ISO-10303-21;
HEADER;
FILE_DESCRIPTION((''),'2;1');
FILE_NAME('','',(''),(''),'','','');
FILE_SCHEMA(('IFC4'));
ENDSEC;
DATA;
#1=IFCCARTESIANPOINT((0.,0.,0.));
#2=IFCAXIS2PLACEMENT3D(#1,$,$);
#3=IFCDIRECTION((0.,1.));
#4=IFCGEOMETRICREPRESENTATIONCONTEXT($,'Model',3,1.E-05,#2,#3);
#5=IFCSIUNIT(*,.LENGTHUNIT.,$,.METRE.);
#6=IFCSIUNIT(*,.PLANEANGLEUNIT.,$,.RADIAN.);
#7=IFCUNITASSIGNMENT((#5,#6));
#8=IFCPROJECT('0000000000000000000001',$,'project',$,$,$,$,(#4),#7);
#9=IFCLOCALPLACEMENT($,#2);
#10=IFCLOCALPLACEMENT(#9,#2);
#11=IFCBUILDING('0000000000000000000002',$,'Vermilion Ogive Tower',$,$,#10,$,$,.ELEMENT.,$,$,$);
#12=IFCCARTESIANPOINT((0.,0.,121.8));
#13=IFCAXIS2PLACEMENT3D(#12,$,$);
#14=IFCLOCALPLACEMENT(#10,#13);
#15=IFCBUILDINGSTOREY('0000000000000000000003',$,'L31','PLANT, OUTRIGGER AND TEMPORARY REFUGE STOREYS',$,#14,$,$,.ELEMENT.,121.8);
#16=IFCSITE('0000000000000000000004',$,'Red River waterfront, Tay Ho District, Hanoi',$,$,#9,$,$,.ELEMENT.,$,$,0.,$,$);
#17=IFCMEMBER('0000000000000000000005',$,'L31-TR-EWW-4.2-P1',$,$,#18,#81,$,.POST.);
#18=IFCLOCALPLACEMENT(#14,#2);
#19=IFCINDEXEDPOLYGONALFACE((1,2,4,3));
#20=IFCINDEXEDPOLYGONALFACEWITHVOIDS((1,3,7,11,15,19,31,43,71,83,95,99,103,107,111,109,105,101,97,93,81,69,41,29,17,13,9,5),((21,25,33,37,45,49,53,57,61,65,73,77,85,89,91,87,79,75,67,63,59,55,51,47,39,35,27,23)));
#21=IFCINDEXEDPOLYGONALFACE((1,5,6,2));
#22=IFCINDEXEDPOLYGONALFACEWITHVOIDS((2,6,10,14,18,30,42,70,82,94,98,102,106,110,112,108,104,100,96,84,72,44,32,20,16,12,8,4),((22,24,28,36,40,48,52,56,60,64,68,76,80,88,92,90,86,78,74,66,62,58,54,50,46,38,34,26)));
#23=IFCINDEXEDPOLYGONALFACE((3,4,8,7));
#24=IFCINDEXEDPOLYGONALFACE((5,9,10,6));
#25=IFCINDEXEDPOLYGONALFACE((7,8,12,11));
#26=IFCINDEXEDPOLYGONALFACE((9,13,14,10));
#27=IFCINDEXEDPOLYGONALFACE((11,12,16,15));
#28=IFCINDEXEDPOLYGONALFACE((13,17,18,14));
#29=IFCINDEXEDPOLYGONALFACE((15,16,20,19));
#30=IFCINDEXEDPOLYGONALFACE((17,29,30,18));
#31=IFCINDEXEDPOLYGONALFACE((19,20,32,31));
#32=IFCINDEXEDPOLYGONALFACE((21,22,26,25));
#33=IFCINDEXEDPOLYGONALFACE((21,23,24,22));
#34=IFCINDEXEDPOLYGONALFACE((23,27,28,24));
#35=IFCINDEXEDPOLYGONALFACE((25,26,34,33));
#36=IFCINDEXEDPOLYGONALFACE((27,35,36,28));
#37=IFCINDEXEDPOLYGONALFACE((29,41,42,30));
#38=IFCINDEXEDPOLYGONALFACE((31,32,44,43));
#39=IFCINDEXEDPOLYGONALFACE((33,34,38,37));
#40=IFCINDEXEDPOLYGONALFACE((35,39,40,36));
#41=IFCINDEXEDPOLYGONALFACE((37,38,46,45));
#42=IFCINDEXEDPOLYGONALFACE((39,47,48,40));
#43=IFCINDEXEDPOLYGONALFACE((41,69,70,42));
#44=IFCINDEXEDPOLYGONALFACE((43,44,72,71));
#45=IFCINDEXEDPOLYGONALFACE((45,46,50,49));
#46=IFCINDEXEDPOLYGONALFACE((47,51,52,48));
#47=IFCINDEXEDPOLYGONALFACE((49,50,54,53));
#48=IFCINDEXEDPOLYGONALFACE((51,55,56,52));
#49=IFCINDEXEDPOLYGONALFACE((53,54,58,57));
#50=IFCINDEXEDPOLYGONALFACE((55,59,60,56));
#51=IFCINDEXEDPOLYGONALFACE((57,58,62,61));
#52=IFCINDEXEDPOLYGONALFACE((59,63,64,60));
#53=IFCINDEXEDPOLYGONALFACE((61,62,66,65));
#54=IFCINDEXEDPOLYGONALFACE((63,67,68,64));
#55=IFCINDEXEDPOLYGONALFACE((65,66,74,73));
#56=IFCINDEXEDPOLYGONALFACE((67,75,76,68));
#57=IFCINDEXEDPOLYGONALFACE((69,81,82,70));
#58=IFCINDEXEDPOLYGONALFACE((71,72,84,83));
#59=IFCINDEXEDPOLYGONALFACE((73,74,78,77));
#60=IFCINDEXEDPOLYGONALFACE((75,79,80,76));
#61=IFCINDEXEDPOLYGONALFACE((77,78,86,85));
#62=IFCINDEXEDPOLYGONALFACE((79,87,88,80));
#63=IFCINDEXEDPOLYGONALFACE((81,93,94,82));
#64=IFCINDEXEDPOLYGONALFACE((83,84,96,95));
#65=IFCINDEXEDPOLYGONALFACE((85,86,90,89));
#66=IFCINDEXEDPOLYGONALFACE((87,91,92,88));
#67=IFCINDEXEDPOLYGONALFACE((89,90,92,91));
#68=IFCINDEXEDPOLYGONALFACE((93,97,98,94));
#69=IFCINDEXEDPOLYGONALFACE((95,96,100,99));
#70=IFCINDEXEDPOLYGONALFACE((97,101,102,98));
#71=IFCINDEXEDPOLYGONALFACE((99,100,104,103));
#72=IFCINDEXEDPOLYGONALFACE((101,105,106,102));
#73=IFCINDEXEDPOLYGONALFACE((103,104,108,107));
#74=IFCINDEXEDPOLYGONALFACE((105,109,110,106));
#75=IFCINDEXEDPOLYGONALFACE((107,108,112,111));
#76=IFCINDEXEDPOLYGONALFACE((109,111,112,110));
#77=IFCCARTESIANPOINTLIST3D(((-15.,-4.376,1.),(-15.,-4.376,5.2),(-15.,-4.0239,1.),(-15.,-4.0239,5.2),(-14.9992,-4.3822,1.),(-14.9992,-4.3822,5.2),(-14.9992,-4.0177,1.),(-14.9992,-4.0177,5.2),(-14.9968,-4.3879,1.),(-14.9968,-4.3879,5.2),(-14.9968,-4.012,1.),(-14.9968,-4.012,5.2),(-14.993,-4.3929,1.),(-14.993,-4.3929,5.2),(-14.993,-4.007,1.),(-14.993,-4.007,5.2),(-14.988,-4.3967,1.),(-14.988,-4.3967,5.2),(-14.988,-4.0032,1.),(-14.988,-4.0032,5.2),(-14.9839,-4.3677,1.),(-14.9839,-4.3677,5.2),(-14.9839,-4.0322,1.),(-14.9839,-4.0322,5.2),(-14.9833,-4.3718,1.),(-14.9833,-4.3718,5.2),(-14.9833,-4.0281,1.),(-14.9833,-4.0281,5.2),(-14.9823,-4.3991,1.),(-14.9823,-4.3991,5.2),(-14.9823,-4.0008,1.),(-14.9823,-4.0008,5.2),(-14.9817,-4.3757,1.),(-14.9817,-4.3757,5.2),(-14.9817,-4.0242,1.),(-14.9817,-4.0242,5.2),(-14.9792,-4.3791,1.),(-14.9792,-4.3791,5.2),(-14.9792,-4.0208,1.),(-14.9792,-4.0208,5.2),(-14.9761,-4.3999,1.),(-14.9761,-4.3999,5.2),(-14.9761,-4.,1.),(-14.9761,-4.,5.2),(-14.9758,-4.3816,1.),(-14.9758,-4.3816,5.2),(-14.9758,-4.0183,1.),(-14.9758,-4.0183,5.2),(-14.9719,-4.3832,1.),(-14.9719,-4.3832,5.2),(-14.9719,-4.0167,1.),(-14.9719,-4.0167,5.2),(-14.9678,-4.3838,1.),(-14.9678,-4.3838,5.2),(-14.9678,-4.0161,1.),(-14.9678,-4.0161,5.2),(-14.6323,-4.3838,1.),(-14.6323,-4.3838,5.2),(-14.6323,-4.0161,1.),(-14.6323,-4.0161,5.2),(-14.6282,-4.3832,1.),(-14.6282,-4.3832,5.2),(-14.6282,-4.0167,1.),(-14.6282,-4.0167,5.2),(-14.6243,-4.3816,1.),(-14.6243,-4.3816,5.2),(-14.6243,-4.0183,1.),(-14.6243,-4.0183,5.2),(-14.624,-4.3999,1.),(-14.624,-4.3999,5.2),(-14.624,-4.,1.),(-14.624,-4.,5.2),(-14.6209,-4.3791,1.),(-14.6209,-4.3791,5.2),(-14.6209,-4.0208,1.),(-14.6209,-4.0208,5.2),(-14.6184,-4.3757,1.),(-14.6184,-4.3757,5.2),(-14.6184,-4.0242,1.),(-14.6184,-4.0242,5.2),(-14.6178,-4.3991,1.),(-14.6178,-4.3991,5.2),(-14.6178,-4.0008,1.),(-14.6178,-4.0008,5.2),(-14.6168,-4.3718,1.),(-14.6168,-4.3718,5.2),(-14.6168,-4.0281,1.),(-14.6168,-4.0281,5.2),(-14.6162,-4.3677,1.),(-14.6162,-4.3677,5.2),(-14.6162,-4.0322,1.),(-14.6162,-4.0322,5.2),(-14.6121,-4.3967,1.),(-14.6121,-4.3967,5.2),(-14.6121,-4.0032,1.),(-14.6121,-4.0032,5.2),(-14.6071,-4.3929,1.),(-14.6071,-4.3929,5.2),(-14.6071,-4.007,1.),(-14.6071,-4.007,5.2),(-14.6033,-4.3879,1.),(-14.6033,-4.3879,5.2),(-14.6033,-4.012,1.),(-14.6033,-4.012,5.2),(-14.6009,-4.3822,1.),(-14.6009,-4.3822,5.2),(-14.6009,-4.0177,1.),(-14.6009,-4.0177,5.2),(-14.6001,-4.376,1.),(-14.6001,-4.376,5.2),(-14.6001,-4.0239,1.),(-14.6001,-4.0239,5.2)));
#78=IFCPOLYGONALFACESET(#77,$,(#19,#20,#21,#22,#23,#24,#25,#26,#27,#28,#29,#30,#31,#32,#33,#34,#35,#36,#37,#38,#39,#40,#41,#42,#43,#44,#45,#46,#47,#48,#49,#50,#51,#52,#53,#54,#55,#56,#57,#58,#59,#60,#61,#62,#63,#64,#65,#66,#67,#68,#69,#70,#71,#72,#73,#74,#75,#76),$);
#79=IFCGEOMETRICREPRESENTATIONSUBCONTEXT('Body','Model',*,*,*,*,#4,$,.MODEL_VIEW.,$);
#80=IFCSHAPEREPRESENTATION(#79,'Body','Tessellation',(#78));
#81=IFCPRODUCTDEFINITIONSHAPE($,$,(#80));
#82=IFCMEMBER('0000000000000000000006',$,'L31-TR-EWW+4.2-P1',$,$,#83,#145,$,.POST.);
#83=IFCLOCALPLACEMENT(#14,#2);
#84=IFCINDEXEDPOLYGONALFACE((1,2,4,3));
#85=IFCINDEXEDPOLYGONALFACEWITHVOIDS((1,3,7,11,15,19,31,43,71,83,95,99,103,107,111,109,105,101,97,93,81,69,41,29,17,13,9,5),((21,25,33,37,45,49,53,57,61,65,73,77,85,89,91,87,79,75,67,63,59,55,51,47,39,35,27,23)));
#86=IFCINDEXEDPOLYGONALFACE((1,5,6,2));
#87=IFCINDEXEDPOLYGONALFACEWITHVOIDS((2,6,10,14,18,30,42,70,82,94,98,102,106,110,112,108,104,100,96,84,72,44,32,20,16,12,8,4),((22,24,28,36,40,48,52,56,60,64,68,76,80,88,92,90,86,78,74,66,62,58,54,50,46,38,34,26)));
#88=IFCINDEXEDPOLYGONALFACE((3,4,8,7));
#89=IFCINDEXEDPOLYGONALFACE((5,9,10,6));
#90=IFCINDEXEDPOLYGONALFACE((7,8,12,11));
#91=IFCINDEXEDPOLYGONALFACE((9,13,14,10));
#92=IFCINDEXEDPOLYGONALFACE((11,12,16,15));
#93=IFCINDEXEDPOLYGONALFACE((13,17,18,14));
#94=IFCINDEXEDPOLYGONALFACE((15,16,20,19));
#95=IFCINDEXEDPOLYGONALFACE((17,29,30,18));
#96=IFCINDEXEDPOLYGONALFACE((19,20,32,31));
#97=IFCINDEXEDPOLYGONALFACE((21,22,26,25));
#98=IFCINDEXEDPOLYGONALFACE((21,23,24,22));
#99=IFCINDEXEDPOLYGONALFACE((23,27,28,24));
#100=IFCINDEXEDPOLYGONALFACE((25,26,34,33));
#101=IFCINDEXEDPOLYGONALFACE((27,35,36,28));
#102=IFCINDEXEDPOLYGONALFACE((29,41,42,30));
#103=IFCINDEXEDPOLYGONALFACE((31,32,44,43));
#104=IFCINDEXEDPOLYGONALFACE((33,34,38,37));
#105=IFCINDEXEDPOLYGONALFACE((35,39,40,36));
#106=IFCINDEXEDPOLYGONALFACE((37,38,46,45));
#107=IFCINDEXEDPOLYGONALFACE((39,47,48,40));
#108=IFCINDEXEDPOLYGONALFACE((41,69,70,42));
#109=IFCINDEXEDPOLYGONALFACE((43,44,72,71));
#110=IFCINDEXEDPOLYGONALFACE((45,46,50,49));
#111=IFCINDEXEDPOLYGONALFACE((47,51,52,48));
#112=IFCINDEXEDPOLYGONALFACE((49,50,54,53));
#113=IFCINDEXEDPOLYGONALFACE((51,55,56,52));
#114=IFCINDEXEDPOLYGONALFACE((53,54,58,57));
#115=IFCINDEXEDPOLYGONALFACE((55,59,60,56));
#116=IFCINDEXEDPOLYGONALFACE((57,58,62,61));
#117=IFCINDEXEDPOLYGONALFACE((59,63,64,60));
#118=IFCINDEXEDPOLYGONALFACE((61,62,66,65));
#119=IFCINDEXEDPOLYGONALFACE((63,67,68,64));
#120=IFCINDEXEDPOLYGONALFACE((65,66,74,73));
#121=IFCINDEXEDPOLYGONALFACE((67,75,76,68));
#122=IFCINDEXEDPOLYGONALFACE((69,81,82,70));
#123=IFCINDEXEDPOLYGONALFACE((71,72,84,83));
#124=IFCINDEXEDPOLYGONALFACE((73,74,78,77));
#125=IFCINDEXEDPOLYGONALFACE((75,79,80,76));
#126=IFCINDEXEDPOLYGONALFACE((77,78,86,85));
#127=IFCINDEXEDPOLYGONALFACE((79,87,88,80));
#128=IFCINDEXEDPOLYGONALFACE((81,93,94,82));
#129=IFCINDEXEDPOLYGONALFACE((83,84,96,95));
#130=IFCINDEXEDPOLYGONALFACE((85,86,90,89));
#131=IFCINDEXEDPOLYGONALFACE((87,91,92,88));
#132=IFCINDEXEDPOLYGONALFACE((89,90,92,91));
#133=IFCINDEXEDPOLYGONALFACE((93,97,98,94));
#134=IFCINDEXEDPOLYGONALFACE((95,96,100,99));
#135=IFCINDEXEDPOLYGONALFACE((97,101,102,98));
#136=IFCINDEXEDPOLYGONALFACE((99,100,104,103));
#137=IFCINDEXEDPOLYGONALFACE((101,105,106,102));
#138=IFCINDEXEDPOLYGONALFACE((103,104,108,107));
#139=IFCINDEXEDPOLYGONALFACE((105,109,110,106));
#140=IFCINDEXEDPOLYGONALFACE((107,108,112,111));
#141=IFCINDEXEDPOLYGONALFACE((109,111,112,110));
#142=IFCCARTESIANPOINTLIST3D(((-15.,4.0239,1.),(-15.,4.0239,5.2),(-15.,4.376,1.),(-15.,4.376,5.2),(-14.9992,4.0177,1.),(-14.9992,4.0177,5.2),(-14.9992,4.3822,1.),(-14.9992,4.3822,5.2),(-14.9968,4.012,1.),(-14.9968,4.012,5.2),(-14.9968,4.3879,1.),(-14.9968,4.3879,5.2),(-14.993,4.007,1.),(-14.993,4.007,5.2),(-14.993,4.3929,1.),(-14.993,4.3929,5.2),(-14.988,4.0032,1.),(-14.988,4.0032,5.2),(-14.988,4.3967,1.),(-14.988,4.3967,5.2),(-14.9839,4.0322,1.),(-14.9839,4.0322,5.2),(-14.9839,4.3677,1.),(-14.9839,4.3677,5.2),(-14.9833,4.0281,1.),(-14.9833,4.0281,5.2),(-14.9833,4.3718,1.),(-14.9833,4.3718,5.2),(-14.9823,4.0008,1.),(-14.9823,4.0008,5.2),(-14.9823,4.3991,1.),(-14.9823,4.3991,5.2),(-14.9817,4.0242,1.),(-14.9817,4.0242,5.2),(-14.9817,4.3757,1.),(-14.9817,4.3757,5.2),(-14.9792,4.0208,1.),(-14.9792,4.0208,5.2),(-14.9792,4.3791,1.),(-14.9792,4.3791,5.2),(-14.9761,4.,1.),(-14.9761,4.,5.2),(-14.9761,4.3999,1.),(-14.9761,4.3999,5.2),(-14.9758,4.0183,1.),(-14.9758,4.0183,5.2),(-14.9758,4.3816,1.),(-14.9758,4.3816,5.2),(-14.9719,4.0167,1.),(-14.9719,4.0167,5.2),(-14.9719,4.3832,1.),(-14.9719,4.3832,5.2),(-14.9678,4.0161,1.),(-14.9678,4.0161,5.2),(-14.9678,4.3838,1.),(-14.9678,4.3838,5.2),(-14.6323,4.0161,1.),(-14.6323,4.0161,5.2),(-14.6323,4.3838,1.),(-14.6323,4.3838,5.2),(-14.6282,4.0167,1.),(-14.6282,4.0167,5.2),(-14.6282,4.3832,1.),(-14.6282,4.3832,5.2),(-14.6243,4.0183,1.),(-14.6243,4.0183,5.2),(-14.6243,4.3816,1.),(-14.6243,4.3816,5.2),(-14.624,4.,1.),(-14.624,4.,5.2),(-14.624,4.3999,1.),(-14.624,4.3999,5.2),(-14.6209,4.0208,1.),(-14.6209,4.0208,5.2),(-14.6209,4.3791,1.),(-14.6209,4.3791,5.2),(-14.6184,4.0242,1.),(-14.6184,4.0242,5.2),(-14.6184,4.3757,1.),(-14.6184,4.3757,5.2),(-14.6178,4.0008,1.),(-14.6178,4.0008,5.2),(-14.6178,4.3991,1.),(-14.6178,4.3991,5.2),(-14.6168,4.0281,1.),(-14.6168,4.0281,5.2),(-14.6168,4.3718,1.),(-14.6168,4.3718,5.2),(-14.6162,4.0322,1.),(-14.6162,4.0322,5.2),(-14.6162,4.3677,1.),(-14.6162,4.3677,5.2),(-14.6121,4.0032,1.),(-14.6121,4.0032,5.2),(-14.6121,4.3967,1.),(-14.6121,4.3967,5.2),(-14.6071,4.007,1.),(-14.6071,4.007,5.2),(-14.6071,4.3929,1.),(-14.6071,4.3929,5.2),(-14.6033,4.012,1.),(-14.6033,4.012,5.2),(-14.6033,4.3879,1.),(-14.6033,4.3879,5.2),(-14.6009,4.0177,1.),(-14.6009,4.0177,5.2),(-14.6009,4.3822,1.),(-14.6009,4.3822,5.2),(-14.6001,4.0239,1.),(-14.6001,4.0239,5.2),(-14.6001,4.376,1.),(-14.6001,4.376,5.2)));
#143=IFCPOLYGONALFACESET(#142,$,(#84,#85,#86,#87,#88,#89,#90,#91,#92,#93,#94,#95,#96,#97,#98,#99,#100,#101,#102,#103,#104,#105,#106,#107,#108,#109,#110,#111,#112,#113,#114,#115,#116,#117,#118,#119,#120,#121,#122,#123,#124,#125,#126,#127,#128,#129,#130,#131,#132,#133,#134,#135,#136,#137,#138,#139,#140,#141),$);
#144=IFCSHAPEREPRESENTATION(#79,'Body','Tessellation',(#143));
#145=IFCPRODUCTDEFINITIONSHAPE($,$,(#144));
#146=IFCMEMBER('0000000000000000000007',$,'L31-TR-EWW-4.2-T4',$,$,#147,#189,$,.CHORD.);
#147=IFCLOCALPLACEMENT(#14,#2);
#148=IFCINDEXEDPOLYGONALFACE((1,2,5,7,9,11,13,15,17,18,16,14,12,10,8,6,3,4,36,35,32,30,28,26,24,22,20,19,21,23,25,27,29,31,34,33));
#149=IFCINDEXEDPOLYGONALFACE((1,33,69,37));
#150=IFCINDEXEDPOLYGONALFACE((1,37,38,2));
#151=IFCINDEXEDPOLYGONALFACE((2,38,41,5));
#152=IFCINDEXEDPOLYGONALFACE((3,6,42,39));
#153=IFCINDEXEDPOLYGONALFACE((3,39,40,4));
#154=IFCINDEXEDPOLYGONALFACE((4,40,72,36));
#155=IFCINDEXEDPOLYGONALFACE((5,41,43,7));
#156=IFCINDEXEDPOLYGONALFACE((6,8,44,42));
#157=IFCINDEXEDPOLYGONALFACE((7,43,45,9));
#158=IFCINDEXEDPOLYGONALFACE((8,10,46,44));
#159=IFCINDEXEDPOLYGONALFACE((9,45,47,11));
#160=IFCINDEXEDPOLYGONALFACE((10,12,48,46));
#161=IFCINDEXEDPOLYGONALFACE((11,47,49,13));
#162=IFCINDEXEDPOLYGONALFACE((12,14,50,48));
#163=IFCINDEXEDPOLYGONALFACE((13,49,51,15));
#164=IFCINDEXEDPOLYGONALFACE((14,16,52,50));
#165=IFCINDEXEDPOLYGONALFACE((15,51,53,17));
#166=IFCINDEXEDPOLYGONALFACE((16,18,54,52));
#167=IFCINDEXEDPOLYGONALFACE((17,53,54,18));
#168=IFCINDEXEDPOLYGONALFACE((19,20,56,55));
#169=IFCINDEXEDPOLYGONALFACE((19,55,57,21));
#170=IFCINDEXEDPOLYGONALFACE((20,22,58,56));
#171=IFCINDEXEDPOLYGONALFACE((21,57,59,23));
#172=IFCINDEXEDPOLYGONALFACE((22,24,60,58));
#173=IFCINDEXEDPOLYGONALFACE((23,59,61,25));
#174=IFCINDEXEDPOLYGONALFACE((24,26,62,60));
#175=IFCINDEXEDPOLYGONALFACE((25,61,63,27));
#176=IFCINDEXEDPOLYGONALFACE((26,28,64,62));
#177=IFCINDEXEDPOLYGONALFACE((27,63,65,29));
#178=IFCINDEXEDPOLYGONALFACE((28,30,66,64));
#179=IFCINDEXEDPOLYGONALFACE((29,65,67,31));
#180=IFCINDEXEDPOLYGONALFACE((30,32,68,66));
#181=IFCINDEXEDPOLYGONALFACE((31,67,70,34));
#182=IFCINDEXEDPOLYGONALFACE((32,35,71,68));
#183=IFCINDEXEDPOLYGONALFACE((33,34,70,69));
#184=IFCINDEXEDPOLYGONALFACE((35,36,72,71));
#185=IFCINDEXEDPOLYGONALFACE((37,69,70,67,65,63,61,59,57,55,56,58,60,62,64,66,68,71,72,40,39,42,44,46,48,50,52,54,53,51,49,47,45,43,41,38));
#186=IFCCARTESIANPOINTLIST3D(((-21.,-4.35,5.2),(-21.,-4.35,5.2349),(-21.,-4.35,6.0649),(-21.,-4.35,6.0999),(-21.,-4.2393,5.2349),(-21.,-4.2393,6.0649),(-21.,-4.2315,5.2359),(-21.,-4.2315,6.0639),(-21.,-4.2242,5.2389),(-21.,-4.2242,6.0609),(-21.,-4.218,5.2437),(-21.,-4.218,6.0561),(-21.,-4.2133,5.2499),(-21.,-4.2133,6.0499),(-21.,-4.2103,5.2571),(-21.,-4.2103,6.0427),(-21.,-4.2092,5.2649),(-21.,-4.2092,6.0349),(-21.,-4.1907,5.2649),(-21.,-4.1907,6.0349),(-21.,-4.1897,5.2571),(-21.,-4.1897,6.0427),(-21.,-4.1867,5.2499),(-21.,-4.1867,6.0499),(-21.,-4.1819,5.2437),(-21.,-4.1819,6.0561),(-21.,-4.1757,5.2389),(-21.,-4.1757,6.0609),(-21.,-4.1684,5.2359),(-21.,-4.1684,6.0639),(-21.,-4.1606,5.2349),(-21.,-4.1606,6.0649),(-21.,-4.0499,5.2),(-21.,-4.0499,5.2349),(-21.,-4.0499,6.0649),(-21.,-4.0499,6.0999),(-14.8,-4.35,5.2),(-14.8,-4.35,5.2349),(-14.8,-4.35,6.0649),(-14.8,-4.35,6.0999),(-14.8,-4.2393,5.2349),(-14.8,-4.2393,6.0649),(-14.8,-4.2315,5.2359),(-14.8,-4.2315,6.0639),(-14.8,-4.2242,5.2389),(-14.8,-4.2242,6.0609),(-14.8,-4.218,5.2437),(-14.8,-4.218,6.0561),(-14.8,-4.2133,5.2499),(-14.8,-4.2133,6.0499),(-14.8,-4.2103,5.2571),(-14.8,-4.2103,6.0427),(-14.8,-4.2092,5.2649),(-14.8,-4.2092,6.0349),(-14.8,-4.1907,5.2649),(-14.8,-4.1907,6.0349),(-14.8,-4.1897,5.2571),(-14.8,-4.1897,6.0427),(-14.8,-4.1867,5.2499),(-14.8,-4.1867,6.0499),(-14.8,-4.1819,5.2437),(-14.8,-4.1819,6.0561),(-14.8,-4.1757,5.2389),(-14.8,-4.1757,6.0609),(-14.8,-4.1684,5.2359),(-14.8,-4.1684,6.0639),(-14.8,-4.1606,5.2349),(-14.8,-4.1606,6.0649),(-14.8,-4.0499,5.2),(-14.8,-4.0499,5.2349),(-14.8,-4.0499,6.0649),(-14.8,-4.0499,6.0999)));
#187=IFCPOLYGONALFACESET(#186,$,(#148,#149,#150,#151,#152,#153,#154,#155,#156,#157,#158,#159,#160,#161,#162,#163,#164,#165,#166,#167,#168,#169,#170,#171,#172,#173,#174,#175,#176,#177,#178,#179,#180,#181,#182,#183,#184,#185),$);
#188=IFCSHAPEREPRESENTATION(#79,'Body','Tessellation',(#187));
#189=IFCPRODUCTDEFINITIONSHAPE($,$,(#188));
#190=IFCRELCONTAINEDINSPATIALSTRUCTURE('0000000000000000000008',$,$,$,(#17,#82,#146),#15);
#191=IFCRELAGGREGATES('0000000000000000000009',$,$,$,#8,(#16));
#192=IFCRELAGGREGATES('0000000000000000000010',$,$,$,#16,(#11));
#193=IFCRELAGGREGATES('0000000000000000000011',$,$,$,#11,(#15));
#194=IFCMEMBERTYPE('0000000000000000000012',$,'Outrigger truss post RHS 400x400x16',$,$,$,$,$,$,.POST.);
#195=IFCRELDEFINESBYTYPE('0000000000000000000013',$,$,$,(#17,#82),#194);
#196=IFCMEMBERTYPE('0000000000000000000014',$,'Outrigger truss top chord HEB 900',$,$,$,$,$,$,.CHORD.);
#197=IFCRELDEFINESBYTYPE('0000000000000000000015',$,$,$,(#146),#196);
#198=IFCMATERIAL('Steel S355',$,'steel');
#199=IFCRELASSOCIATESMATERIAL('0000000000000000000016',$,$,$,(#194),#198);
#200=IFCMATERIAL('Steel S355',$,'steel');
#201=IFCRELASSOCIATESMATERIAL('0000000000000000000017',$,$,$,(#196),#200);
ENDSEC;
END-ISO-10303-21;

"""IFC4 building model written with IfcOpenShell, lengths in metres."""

from ifc_helpers import new_model, si_unit, direction, frame, origin, origin_2d, place, context, subcontext, project, spatial, hollow_rectangle, i_section, extrude, material, material_profile, profile_set, type_object, element, save


model = new_model("IFC4")

# Units and contexts
model_context = context("Model", 3, precision=1e-05, world=origin(), true_north=direction((0.0, 1.0)))
body_context = subcontext(model_context, "Body", "Model", "MODEL_VIEW")
ifc_project = project(units=[si_unit("LENGTHUNIT", "METRE"), si_unit("PLANEANGLEUNIT", "RADIAN")], contexts=[model_context])

# Site, building, storey
site_placement = place(None, origin())
site = spatial("IfcSite", under=ifc_project, at=site_placement, Name="Red River waterfront, Tay Ho District, Hanoi", CompositionType="ELEMENT", RefElevation=0.0)
building_placement = place(site_placement, origin())
building = spatial("IfcBuilding", under=site, at=building_placement, Name="Vermilion Ogive Tower", CompositionType="ELEMENT")
storey_placement = place(building_placement, frame((0.0, 0.0, 121.8)))
storey = spatial("IfcBuildingStorey", under=building, at=storey_placement, Name="L31", Description="PLANT, OUTRIGGER AND TEMPORARY REFUGE STOREYS", CompositionType="ELEMENT", Elevation=121.8)

# Members
ifc_material_1 = material(Name="Steel S355", Category="steel")
ifc_material_profile_1 = material_profile(ifc_material_1, hollow_rectangle(XDim=0.3999, YDim=0.3999, WallThickness=0.0161, InnerFilletRadius=0.0161, OuterFilletRadius=0.0239, at=origin_2d()), Name="RHS 400x400x16")
ifc_profile_set_1 = profile_set([ifc_material_profile_1], Name="Steel S355")
member_type_1 = type_object("IfcMemberType", Name="Outrigger truss post RHS 400x400x16", PredefinedType="POST", material=ifc_profile_set_1)
for number, where, z_axis, x_axis, name in (
    (1, (-14.8, -4.2, 1.0), (0.0, 0.0, 1.0), (1.0, 0.0, 0.0), "L31-TR-EWW-4.2-P1"),
    (2, (-14.8, 4.2, 1.0), (0.0, 0.0, 1.0), (1.0, 0.0, 0.0), "L31-TR-EWW+4.2-P1"),
):
    element("IfcMember", number, at=place(storey_placement, frame(where, z_axis=z_axis, x_axis=x_axis)), inside=storey, type_object=member_type_1, Name=name, PredefinedType="POST", context=body_context, shape_type="SweptSolid", body=[
        extrude(hollow_rectangle(XDim=0.3999, YDim=0.3999, WallThickness=0.0161, InnerFilletRadius=0.0161, OuterFilletRadius=0.0239, at=origin_2d()), origin(), (0.0, 0.0, 1.0), 4.2),
    ])
ifc_material_2 = material(Name="Steel S355", Category="steel")
ifc_material_profile_2 = material_profile(ifc_material_2, i_section(OverallWidth=0.3, OverallDepth=0.8999, WebThickness=0.0186, FlangeThickness=0.0349, FilletRadius=0.03, at=origin_2d()), Name="HEB 900")
ifc_profile_set_2 = profile_set([ifc_material_profile_2], Name="Steel S355")
member_type_2 = type_object("IfcMemberType", Name="Outrigger truss top chord HEB 900", PredefinedType="CHORD", material=ifc_profile_set_2)
for number, where, z_axis, x_axis, name in (
    (3, (-14.8, -4.2, 5.6499), (-1.0, 0.0, 0.0), (0.0, -1.0, 0.0), "L31-TR-EWW-4.2-T4"),
):
    element("IfcMember", number, at=place(storey_placement, frame(where, z_axis=z_axis, x_axis=x_axis)), inside=storey, type_object=member_type_2, Name=name, PredefinedType="CHORD", context=body_context, shape_type="SweptSolid", body=[
        extrude(i_section(OverallWidth=0.3, OverallDepth=0.8999, WebThickness=0.0186, FlangeThickness=0.0349, FilletRadius=0.03, at=origin_2d()), origin(), (0.0, 0.0, 1.0), 6.2),
    ])

save(model, "model.ifc")
